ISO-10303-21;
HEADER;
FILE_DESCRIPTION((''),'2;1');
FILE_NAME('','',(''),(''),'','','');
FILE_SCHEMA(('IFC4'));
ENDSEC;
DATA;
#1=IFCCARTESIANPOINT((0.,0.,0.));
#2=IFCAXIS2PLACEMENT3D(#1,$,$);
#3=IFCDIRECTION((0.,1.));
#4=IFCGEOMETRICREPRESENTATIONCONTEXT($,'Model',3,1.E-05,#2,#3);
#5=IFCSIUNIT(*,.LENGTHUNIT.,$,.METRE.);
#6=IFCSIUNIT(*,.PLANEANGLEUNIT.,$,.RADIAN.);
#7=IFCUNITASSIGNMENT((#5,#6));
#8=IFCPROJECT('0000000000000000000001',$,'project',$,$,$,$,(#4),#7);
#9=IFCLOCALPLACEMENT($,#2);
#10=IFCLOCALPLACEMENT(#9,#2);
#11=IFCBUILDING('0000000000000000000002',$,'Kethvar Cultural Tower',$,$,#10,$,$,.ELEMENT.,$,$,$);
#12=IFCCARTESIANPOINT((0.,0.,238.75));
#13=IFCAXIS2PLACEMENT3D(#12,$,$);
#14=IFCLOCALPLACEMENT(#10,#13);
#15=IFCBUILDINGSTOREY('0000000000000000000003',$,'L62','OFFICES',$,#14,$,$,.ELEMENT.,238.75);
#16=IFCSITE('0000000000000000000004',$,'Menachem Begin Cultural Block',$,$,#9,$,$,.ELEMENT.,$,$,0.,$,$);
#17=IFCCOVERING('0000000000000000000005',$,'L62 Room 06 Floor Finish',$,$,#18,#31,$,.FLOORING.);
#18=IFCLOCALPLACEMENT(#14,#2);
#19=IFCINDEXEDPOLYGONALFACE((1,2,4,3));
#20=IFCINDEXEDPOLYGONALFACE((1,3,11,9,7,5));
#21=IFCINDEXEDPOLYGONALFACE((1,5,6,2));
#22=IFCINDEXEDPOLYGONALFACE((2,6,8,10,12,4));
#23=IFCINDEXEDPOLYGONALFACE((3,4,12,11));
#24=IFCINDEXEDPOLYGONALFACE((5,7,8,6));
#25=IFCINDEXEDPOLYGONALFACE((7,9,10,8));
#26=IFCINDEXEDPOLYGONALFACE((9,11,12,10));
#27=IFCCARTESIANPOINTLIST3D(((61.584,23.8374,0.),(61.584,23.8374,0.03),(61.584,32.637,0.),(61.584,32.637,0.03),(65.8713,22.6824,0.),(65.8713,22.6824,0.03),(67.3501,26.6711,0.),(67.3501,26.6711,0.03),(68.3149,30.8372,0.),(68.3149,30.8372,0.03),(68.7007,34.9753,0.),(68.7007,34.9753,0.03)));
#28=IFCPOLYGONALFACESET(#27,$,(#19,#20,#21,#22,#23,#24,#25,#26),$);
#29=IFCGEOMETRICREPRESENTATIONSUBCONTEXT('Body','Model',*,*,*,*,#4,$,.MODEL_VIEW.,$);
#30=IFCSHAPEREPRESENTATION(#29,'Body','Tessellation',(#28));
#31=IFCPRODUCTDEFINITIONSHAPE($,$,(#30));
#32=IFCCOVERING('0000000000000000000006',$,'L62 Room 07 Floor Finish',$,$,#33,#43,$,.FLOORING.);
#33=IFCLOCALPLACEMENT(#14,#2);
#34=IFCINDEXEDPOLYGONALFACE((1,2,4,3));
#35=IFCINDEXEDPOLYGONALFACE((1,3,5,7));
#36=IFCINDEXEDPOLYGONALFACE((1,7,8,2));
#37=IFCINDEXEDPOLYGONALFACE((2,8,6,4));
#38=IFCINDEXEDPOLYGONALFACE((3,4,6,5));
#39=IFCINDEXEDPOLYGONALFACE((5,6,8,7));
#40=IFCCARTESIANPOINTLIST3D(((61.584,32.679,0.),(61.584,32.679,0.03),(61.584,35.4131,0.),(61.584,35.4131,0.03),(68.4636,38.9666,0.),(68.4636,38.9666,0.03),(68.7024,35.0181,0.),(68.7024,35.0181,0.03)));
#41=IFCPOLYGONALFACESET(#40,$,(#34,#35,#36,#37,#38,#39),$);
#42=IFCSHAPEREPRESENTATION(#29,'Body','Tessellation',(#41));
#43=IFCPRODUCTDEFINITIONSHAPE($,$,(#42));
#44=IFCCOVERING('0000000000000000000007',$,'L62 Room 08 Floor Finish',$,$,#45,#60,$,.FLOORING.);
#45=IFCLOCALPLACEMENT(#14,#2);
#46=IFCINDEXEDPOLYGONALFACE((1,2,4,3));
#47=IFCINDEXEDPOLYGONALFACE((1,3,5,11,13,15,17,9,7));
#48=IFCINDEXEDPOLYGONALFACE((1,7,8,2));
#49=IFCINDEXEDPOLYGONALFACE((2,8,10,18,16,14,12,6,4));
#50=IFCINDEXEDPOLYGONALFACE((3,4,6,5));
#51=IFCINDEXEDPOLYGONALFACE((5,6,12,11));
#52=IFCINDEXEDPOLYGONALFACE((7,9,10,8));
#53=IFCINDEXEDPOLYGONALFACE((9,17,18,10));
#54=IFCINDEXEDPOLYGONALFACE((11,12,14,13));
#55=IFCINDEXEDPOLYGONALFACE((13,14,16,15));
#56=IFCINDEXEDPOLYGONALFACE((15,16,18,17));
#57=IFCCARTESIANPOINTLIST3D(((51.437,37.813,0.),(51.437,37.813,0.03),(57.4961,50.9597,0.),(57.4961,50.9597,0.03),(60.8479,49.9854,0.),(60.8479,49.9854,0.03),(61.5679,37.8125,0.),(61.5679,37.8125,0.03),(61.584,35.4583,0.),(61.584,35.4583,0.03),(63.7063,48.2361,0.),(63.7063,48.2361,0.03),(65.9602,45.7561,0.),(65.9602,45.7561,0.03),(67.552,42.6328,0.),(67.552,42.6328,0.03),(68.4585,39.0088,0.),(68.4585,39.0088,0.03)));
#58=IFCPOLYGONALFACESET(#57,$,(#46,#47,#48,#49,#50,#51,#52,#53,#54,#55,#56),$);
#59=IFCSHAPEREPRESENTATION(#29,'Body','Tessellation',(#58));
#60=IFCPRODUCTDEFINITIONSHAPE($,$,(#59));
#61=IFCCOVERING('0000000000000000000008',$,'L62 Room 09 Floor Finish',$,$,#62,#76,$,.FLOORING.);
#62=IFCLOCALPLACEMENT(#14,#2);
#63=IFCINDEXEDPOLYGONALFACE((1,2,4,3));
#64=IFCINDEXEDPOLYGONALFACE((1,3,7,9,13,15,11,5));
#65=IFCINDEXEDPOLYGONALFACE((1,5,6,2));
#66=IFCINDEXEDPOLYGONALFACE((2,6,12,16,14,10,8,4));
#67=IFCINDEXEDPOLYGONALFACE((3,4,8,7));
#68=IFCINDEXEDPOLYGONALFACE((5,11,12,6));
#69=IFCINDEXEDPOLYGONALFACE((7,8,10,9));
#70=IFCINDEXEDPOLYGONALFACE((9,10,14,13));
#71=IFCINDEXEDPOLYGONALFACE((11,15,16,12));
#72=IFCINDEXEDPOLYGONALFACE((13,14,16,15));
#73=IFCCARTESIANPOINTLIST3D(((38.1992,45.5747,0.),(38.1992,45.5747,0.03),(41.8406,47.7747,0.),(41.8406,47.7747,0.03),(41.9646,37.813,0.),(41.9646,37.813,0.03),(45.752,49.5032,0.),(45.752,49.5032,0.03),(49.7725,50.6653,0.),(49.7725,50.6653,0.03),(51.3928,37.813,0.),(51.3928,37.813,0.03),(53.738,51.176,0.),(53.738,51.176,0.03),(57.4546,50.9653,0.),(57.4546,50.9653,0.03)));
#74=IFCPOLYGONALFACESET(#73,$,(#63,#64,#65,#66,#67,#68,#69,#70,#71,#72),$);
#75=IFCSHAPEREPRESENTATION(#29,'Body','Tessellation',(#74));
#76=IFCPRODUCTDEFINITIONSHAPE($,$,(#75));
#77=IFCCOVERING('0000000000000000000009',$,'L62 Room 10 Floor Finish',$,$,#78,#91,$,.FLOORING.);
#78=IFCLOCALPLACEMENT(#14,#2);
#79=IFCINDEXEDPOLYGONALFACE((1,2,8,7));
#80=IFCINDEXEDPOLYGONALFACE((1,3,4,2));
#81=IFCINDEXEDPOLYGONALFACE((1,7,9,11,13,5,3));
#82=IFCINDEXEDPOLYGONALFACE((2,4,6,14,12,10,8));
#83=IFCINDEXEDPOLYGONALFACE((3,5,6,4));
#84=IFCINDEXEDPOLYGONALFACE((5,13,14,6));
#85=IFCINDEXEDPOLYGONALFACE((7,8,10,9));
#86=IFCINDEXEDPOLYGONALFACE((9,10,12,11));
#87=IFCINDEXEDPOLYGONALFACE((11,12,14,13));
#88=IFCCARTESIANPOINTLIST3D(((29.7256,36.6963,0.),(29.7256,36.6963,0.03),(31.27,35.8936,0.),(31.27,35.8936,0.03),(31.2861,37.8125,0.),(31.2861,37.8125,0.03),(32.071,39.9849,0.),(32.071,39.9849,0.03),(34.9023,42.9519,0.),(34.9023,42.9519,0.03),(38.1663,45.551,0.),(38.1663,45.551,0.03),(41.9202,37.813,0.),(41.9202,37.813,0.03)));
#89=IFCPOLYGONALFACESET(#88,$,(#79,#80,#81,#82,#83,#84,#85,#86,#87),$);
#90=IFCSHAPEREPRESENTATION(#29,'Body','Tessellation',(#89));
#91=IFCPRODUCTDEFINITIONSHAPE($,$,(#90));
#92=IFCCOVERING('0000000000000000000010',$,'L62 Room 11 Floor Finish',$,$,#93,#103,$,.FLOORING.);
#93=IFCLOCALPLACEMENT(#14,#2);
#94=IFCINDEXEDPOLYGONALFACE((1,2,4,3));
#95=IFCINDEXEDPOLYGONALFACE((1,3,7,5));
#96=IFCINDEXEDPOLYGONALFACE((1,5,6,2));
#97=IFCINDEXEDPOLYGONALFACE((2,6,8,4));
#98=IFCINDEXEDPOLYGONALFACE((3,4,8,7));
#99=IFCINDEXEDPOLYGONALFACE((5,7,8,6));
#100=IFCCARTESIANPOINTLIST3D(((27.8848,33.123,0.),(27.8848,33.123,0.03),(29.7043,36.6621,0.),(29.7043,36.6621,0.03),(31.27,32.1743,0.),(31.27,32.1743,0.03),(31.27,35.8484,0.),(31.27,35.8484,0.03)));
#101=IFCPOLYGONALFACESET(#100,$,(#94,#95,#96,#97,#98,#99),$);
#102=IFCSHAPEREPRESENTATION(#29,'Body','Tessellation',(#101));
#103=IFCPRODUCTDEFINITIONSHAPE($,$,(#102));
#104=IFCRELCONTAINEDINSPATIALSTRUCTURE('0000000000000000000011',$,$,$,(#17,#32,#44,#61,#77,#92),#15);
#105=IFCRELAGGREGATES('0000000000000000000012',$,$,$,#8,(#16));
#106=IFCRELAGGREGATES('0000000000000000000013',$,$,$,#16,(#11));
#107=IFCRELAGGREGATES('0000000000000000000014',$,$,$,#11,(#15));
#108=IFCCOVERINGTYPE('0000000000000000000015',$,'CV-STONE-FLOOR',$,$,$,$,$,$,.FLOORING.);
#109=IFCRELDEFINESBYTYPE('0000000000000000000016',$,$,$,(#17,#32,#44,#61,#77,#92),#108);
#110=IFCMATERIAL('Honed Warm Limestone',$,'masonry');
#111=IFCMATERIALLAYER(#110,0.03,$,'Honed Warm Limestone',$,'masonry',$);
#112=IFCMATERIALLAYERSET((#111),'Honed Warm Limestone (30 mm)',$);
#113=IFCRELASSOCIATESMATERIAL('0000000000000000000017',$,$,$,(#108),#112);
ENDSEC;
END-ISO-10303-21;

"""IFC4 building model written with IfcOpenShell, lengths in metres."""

from ifc_helpers import new_model, si_unit, direction, frame, origin, place, context, subcontext, project, spatial, polyline, outline, extrude, material, layer, layer_set, type_object, element, save


model = new_model("IFC4")

# Units and contexts
model_context = context("Model", 3, precision=1e-05, world=origin(), true_north=direction((0.0, 1.0)))
body_context = subcontext(model_context, "Body", "Model", "MODEL_VIEW")
ifc_project = project(units=[si_unit("LENGTHUNIT", "METRE"), si_unit("PLANEANGLEUNIT", "RADIAN")], contexts=[model_context])

# Site, building, storey
site_placement = place(None, origin())
site = spatial("IfcSite", under=ifc_project, at=site_placement, Name="Menachem Begin Cultural Block", CompositionType="ELEMENT", RefElevation=0.0)
building_placement = place(site_placement, origin())
building = spatial("IfcBuilding", under=site, at=building_placement, Name="Kethvar Cultural Tower", CompositionType="ELEMENT")
storey_placement = place(building_placement, frame((0.0, 0.0, 238.75)))
storey = spatial("IfcBuildingStorey", under=building, at=storey_placement, Name="L62", Description="OFFICES", CompositionType="ELEMENT", Elevation=238.75)

# Coverings
ifc_material_1 = material(Name="Honed Warm Limestone", Category="masonry")
ifc_layer_1 = layer(ifc_material_1, 0.03, Name="Honed Warm Limestone", Category="masonry")
ifc_layer_set_1 = layer_set([ifc_layer_1], Name="Honed Warm Limestone (30 mm)")
covering_type_1 = type_object("IfcCoveringType", Name="CV-STONE-FLOOR", PredefinedType="FLOORING", material=ifc_layer_set_1)
covering_1_placement = place(storey_placement, origin())
element("IfcCovering", 1, at=covering_1_placement, inside=storey, type_object=covering_type_1, Name="L62 Room 06 Floor Finish", PredefinedType="FLOORING", context=body_context, shape_type="SweptSolid", body=[
    extrude(outline(polyline([(68.3149, 30.8372), (67.3501, 26.6711), (65.8713, 22.6824), (61.584, 23.8374), (61.584, 32.637), (68.7007, 34.9753), (68.3149, 30.8372)])), origin(), (0.0, 0.0, 1.0), 0.03),
])
covering_2_placement = place(storey_placement, origin())
element("IfcCovering", 2, at=covering_2_placement, inside=storey, type_object=covering_type_1, Name="L62 Room 07 Floor Finish", PredefinedType="FLOORING", context=body_context, shape_type="SweptSolid", body=[
    extrude(outline(polyline([(68.7024, 35.0181), (61.584, 32.679), (61.584, 35.4131), (68.4636, 38.9666), (68.7024, 35.0181)])), origin(), (0.0, 0.0, 1.0), 0.03),
])
covering_3_placement = place(storey_placement, origin())
element("IfcCovering", 3, at=covering_3_placement, inside=storey, type_object=covering_type_1, Name="L62 Room 08 Floor Finish", PredefinedType="FLOORING", context=body_context, shape_type="SweptSolid", body=[
    extrude(outline(polyline([(67.552, 42.6328), (68.4585, 39.0088), (61.584, 35.4583), (61.5679, 37.8125), (51.437, 37.813), (57.4961, 50.9597), (60.8479, 49.9854), (63.7063, 48.2361), (65.9602, 45.7561), (67.552, 42.6328)])), origin(), (0.0, 0.0, 1.0), 0.03),
])
covering_4_placement = place(storey_placement, origin())
element("IfcCovering", 4, at=covering_4_placement, inside=storey, type_object=covering_type_1, Name="L62 Room 09 Floor Finish", PredefinedType="FLOORING", context=body_context, shape_type="SweptSolid", body=[
    extrude(outline(polyline([(41.8406, 47.7747), (45.752, 49.5032), (49.7725, 50.6653), (53.738, 51.176), (57.4546, 50.9653), (51.3928, 37.813), (41.9646, 37.813), (38.1992, 45.5747), (41.8406, 47.7747)])), origin(), (0.0, 0.0, 1.0), 0.03),
])
covering_5_placement = place(storey_placement, origin())
element("IfcCovering", 5, at=covering_5_placement, inside=storey, type_object=covering_type_1, Name="L62 Room 10 Floor Finish", PredefinedType="FLOORING", context=body_context, shape_type="SweptSolid", body=[
    extrude(outline(polyline([(32.071, 39.9849), (34.9023, 42.9519), (38.1663, 45.551), (41.9202, 37.813), (31.2861, 37.8125), (31.27, 35.8936), (29.7256, 36.6963), (32.071, 39.9849)])), origin(), (0.0, 0.0, 1.0), 0.03),
])
covering_6_placement = place(storey_placement, origin())
element("IfcCovering", 6, at=covering_6_placement, inside=storey, type_object=covering_type_1, Name="L62 Room 11 Floor Finish", PredefinedType="FLOORING", context=body_context, shape_type="SweptSolid", body=[
    extrude(outline(polyline([(27.8848, 33.123), (29.7043, 36.6621), (31.27, 35.8484), (31.27, 32.1743), (27.8848, 33.123)])), origin(), (0.0, 0.0, 1.0), 0.03),
])

save(model, "model.ifc")
